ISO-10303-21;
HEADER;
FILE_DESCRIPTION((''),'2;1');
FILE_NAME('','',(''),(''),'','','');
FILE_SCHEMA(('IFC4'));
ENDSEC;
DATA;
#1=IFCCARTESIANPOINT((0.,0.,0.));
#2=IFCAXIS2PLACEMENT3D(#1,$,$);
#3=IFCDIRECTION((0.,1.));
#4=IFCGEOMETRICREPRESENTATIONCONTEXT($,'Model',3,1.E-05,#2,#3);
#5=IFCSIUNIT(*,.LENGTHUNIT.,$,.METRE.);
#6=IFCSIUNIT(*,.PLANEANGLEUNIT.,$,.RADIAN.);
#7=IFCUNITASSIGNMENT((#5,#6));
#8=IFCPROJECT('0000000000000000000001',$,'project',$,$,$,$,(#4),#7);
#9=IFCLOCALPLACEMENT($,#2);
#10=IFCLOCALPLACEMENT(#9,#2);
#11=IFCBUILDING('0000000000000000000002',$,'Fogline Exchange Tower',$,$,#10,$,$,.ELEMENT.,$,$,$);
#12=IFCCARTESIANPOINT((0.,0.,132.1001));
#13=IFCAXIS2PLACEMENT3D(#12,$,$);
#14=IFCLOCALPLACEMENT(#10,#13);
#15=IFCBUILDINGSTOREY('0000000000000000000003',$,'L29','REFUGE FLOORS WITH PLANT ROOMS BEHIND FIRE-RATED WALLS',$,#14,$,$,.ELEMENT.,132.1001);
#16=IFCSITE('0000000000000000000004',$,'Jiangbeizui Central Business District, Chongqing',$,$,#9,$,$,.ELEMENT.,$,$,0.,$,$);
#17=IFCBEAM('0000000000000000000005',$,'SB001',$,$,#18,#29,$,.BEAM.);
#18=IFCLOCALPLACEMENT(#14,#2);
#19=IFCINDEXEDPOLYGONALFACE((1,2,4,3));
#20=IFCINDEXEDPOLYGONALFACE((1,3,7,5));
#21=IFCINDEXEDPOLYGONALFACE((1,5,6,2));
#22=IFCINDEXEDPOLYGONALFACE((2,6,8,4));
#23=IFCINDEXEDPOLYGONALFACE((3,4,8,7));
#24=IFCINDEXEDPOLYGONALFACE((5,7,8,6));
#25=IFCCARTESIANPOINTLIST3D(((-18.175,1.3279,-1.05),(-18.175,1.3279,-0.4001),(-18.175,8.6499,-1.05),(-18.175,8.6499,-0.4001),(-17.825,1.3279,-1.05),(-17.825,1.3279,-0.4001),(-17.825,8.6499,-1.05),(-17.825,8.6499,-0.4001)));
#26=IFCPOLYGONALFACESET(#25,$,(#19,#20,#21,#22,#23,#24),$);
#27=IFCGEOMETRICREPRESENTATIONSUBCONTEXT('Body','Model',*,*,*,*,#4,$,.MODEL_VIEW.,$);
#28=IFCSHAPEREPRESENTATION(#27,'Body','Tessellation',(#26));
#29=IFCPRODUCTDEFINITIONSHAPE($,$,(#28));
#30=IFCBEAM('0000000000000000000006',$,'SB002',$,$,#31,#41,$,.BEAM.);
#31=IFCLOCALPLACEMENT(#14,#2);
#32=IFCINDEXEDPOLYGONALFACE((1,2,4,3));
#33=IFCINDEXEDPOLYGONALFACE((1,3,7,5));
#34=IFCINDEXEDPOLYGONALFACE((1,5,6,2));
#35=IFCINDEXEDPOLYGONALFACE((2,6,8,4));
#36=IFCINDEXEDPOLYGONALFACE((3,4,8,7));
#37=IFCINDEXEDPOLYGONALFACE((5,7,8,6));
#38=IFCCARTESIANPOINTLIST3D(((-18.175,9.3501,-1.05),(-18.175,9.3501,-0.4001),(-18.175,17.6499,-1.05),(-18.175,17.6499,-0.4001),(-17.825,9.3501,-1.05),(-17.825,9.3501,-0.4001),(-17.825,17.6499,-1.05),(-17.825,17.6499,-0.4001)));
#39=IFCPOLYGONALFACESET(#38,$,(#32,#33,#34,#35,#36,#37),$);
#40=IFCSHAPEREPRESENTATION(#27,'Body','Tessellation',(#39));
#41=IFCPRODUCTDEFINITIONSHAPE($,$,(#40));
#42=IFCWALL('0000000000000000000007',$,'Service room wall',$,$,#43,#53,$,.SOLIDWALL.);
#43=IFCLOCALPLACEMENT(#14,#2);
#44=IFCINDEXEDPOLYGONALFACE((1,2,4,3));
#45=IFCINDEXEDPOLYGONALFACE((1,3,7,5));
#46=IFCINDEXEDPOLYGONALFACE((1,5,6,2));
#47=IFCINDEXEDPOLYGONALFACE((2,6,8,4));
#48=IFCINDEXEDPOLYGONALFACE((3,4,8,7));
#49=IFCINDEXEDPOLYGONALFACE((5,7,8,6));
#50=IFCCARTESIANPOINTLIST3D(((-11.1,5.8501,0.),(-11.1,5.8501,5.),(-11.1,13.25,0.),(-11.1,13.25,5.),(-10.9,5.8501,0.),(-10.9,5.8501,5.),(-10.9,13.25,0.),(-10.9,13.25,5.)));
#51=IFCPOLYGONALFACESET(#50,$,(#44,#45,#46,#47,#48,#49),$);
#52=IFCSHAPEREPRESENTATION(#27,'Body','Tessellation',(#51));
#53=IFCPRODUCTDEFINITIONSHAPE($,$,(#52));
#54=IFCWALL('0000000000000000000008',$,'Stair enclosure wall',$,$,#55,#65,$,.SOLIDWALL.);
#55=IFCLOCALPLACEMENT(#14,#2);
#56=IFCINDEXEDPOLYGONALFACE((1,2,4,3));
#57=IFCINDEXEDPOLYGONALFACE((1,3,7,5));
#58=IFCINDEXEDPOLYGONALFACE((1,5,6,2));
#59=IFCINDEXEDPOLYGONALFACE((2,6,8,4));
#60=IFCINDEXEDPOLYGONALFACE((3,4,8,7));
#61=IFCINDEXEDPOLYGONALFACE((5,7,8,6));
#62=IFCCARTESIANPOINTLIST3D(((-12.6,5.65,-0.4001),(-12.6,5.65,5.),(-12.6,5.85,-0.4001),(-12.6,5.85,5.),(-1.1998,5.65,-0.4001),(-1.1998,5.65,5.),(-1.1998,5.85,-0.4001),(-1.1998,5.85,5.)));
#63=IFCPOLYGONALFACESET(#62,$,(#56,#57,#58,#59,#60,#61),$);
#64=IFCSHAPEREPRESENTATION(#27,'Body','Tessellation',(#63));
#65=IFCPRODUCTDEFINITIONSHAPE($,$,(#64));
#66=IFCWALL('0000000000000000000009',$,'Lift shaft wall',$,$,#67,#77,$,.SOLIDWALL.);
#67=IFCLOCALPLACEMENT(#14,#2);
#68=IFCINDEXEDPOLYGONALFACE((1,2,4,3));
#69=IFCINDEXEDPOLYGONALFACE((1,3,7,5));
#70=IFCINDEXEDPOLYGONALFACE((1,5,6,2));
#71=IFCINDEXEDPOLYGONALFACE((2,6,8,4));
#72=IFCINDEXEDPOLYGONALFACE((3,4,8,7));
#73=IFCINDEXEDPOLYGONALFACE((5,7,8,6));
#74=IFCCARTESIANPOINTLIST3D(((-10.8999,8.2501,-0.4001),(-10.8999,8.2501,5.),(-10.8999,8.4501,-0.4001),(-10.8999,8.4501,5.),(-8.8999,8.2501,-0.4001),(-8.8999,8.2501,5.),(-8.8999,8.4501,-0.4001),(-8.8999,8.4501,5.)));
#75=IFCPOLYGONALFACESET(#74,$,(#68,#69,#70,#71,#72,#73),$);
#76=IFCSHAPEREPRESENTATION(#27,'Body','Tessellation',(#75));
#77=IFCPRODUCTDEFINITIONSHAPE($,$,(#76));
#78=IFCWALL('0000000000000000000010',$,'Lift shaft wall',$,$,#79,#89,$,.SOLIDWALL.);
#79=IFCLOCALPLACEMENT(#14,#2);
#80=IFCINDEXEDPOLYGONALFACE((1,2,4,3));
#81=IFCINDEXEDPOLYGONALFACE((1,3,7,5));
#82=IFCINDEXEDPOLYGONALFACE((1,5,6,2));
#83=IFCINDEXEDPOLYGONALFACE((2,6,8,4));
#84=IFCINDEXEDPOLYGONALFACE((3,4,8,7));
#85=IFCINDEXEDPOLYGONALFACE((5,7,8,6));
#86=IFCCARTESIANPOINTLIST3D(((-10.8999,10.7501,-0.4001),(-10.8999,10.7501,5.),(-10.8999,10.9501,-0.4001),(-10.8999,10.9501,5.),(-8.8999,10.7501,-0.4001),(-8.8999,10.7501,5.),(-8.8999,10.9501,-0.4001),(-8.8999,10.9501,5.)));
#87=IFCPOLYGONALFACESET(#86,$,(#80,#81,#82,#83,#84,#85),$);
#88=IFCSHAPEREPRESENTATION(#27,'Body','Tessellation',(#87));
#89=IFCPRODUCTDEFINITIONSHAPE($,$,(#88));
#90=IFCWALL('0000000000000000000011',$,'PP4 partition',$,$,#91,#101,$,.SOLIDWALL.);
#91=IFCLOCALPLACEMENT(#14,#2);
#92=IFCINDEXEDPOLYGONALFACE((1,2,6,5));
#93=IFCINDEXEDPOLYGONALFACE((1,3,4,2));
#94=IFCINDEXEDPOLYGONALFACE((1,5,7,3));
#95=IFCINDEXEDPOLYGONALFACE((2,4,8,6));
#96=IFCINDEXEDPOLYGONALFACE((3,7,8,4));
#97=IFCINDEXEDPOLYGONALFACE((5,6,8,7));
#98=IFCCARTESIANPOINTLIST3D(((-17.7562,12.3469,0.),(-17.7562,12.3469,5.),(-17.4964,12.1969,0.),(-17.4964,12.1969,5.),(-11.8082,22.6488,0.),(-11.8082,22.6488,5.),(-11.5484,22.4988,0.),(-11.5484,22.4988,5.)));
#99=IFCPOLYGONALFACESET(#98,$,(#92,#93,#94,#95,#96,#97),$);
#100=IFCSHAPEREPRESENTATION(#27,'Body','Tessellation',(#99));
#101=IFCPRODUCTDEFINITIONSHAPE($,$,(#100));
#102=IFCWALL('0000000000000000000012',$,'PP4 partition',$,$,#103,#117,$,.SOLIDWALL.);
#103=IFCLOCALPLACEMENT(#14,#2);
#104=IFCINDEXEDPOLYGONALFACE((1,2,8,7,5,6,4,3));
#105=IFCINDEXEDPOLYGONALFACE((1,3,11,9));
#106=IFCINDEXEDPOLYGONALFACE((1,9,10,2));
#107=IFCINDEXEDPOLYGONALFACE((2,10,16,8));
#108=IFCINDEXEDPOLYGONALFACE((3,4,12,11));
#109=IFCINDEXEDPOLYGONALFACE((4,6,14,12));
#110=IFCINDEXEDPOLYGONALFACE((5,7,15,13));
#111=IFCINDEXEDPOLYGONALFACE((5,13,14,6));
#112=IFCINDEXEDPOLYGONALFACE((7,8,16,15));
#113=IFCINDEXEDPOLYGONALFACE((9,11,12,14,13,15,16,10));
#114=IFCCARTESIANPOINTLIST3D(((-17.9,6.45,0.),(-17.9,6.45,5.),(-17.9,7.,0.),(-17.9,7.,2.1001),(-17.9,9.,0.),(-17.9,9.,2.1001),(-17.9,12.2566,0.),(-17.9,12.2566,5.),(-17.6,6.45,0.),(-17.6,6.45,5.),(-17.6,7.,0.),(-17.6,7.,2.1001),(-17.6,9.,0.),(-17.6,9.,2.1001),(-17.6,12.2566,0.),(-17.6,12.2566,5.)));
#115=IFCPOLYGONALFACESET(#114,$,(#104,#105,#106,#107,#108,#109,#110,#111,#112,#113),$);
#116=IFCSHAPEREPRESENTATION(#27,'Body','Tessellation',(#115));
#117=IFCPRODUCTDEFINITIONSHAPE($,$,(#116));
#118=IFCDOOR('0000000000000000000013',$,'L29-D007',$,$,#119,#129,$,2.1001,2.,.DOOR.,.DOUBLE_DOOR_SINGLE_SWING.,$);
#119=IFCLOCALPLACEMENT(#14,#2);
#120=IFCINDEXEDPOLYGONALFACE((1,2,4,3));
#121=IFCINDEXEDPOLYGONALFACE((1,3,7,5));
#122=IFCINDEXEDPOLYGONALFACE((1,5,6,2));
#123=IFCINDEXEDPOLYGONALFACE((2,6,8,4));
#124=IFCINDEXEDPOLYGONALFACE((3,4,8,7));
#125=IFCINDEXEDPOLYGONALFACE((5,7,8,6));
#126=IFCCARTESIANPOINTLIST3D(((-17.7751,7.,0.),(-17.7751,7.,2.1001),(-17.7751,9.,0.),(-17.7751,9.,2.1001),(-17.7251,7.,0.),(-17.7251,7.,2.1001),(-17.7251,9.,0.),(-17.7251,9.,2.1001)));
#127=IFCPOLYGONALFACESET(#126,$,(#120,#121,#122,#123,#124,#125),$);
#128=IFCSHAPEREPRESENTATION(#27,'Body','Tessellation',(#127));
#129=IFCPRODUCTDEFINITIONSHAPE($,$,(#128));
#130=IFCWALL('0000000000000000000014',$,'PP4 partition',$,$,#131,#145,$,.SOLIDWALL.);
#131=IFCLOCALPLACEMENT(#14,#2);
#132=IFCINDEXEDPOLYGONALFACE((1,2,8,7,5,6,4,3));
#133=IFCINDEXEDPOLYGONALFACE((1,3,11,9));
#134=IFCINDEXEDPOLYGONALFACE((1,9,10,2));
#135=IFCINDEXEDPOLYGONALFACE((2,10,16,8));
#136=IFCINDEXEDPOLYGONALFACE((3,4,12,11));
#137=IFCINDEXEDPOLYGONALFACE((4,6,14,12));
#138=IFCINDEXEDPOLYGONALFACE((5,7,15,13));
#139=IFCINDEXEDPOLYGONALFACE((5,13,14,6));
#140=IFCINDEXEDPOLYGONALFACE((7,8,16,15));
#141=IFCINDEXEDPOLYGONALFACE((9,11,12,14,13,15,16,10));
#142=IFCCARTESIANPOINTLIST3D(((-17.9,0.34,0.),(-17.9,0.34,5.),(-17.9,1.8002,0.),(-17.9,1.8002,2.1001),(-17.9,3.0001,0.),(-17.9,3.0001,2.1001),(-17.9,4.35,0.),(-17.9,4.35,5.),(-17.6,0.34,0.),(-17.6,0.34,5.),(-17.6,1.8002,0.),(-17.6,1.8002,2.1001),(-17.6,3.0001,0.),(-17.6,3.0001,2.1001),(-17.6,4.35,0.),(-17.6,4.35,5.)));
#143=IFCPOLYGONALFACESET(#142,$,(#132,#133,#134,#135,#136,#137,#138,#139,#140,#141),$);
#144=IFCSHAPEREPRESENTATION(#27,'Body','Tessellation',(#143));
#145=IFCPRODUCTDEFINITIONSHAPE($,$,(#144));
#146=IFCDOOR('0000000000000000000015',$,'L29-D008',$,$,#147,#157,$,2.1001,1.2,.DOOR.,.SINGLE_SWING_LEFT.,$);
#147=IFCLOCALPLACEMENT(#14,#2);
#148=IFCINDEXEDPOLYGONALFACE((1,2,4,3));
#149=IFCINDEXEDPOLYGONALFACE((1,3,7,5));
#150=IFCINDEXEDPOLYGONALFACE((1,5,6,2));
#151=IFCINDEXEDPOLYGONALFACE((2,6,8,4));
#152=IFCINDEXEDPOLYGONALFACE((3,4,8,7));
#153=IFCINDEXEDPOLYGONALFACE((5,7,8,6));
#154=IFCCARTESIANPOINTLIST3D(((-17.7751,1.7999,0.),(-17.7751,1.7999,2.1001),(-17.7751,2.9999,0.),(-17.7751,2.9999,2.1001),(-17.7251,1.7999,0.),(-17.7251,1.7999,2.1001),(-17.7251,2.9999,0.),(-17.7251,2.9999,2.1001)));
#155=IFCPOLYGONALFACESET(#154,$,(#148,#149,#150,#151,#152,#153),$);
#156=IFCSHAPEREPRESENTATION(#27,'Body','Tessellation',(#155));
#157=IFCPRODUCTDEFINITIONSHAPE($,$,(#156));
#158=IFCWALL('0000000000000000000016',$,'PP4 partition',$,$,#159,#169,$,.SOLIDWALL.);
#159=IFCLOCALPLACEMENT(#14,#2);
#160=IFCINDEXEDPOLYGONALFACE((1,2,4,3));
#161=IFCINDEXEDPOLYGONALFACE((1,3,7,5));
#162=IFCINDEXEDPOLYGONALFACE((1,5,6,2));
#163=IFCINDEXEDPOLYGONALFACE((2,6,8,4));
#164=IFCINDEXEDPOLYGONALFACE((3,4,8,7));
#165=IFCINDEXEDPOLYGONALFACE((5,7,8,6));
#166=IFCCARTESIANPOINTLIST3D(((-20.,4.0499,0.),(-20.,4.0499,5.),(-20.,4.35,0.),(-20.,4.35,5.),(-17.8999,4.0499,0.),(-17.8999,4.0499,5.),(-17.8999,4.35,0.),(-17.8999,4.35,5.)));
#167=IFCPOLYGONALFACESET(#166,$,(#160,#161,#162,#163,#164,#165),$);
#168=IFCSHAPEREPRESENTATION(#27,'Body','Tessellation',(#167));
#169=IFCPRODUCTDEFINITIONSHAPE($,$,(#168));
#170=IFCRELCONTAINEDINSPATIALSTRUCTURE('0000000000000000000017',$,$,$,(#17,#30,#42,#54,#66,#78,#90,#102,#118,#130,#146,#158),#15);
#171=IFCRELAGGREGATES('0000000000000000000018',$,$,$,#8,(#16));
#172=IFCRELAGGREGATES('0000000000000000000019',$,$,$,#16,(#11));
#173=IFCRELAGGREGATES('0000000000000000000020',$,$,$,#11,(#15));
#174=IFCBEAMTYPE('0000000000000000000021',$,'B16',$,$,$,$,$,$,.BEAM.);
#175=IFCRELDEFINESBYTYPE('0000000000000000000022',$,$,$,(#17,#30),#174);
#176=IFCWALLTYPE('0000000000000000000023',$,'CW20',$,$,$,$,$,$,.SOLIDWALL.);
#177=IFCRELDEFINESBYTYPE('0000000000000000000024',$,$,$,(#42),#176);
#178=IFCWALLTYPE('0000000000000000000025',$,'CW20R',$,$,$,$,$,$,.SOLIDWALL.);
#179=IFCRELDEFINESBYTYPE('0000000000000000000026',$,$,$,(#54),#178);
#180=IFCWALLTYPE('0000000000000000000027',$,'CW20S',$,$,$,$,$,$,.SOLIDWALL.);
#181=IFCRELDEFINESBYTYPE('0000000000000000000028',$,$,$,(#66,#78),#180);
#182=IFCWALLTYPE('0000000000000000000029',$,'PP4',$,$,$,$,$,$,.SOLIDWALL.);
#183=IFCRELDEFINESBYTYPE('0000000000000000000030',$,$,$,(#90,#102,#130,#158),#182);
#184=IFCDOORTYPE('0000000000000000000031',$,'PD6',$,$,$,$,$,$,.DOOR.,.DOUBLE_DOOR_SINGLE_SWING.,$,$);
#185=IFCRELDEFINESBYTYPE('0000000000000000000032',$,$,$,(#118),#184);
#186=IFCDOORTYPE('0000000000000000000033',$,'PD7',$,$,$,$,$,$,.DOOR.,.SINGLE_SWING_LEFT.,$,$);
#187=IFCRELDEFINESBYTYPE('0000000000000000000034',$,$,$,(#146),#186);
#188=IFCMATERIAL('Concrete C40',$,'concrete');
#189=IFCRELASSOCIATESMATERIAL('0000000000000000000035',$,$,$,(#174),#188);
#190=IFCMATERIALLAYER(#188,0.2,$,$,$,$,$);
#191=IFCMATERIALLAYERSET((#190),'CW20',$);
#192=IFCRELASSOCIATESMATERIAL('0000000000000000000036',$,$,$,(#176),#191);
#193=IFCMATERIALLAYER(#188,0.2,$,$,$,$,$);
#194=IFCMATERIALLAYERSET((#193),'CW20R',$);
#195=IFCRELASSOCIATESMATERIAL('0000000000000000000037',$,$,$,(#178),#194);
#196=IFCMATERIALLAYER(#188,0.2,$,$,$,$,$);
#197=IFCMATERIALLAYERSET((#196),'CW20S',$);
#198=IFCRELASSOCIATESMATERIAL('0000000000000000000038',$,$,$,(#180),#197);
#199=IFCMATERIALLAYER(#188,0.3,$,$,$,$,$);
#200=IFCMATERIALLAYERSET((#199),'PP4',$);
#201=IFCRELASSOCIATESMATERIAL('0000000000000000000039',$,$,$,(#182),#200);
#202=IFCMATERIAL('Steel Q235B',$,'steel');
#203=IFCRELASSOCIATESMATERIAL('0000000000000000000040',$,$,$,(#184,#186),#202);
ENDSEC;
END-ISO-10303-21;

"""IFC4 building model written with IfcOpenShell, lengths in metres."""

from ifc_helpers import new_model, si_unit, direction, frame, frame_2d, origin, origin_2d, place, context, subcontext, project, spatial, rectangle, extrude, material, layer, layer_set, material_profile, profile_set, type_object, element, fill, save


model = new_model("IFC4")

# Units and contexts
model_context = context("Model", 3, precision=1e-05, world=origin(), true_north=direction((0.0, 1.0)))
body_context = subcontext(model_context, "Body", "Model", "MODEL_VIEW")
ifc_project = project(units=[si_unit("LENGTHUNIT", "METRE"), si_unit("PLANEANGLEUNIT", "RADIAN")], contexts=[model_context])

# Site, building, storey
site_placement = place(None, origin())
site = spatial("IfcSite", under=ifc_project, at=site_placement, Name="Jiangbeizui Central Business District, Chongqing", CompositionType="ELEMENT", RefElevation=0.0)
building_placement = place(site_placement, origin())
building = spatial("IfcBuilding", under=site, at=building_placement, Name="Fogline Exchange Tower", CompositionType="ELEMENT")
storey_placement = place(building_placement, frame((0.0, 0.0, 132.1001)))
storey = spatial("IfcBuildingStorey", under=building, at=storey_placement, Name="L29", Description="REFUGE FLOORS WITH PLANT ROOMS BEHIND FIRE-RATED WALLS", CompositionType="ELEMENT", Elevation=132.1001)

# Beams
ifc_material_1 = material(Name="Concrete C40", Category="concrete")
ifc_material_profile = material_profile(ifc_material_1, rectangle(XDim=0.3501, YDim=0.6499, at=origin_2d()), Name="RC 350x650")
ifc_profile_set = profile_set([ifc_material_profile], Name="Concrete C40")
beam_type = type_object("IfcBeamType", Name="B16", PredefinedType="BEAM", material=ifc_profile_set)
beam_1_placement = place(storey_placement, frame((-18.0, 1.3279, -0.7251), z_axis=(0.0, 1.0, 0.0), x_axis=(-1.0, 0.0, 0.0)))
element("IfcBeam", 1, at=beam_1_placement, inside=storey, type_object=beam_type, Name="SB001", PredefinedType="BEAM", context=body_context, shape_type="SweptSolid", body=[
    extrude(rectangle(XDim=0.3501, YDim=0.6499, at=origin_2d()), origin(), (0.0, 0.0, 1.0), 7.322),
])
beam_2_placement = place(storey_placement, frame((-18.0, 9.3501, -0.7251), z_axis=(0.0, 1.0, 0.0), x_axis=(-1.0, 0.0, 0.0)))
element("IfcBeam", 2, at=beam_2_placement, inside=storey, type_object=beam_type, Name="SB002", PredefinedType="BEAM", context=body_context, shape_type="SweptSolid", body=[
    extrude(rectangle(XDim=0.3501, YDim=0.6499, at=origin_2d()), origin(), (0.0, 0.0, 1.0), 8.2998),
])

# Walls
ifc_layer_1 = layer(ifc_material_1, 0.2)
ifc_layer_set_1 = layer_set([ifc_layer_1], Name="CW20")
wall_type_1 = type_object("IfcWallType", Name="CW20", PredefinedType="SOLIDWALL", material=ifc_layer_set_1)
wall_1_placement = place(storey_placement, frame((-11.0, 5.8501, 0.0), z_axis=(0.0, 0.0, 1.0), x_axis=(0.0, 1.0, 0.0)))
element("IfcWall", 3, at=wall_1_placement, inside=storey, type_object=wall_type_1, Name="Service room wall", PredefinedType="SOLIDWALL", context=body_context, shape_type="SweptSolid", body=[
    extrude(rectangle(XDim=7.3999, YDim=0.2, at=frame_2d((3.7, 0.0))), origin(), (0.0, 0.0, 1.0), 5.0),
])
ifc_layer_2 = layer(ifc_material_1, 0.2)
ifc_layer_set_2 = layer_set([ifc_layer_2], Name="CW20R")
wall_type_2 = type_object("IfcWallType", Name="CW20R", PredefinedType="SOLIDWALL", material=ifc_layer_set_2)
wall_2_placement = place(storey_placement, frame((-12.6001, 5.75, -0.4001), z_axis=(0.0, 0.0, 1.0), x_axis=(1.0, 0.0, 0.0)))
element("IfcWall", 4, at=wall_2_placement, inside=storey, type_object=wall_type_2, Name="Stair enclosure wall", PredefinedType="SOLIDWALL", context=body_context, shape_type="SweptSolid", body=[
    extrude(rectangle(XDim=11.4001, YDim=0.2, at=frame_2d((5.7002, 0.0))), origin(), (0.0, 0.0, 1.0), 5.4001),
])
ifc_layer_3 = layer(ifc_material_1, 0.2)
ifc_layer_set_3 = layer_set([ifc_layer_3], Name="CW20S")
wall_type_3 = type_object("IfcWallType", Name="CW20S", PredefinedType="SOLIDWALL", material=ifc_layer_set_3)
for number, where, z_axis, x_axis, name in (
    (5, (-10.8999, 8.3501, -0.4001), (0.0, 0.0, 1.0), (1.0, 0.0, 0.0), "Lift shaft wall"),
    (6, (-10.8999, 10.8501, -0.4001), (0.0, 0.0, 1.0), (1.0, 0.0, 0.0), "Lift shaft wall"),
):
    element("IfcWall", number, at=place(storey_placement, frame(where, z_axis=z_axis, x_axis=x_axis)), inside=storey, type_object=wall_type_3, Name=name, PredefinedType="SOLIDWALL", context=body_context, shape_type="SweptSolid", body=[
        extrude(rectangle(XDim=2.0, YDim=0.2, at=frame_2d((1.0, 0.0))), origin(), (0.0, 0.0, 1.0), 5.4001),
    ])
ifc_layer_4 = layer(ifc_material_1, 0.3)
ifc_layer_set_4 = layer_set([ifc_layer_4], Name="PP4")
wall_type_4 = type_object("IfcWallType", Name="PP4", PredefinedType="SOLIDWALL", material=ifc_layer_set_4)
wall_3_placement = place(storey_placement, frame((-17.6262, 12.272, 0.0), z_axis=(0.0, 0.0, 1.0), x_axis=(0.500008, 0.866021, 0.0)))
element("IfcWall", 7, at=wall_3_placement, inside=storey, type_object=wall_type_4, Name="PP4 partition", PredefinedType="SOLIDWALL", context=body_context, shape_type="SweptSolid", body=[
    extrude(rectangle(XDim=11.8958, YDim=0.3, at=frame_2d((5.9478, 0.0))), origin(), (0.0, 0.0, 1.0), 5.0),
])

# Walls, openings, doors
wall_4_placement = place(storey_placement, frame((-17.75, 6.45, 0.0), z_axis=(0.0, 0.0, 1.0), x_axis=(0.0, 1.0, 0.0)))
wall_4 = element("IfcWall", 8, at=wall_4_placement, inside=storey, type_object=wall_type_4, Name="PP4 partition", PredefinedType="SOLIDWALL", context=body_context, shape_type="SweptSolid", body=[
    extrude(rectangle(XDim=5.8066, YDim=0.3, at=frame_2d((2.9033, 0.0))), origin(), (0.0, 0.0, 1.0), 5.0),
])
opening_1_placement = place(wall_4_placement, frame((0.55, 0.0, 0.0)))
opening_1 = element("IfcOpeningElement", 9, at=opening_1_placement, cuts=wall_4, PredefinedType="OPENING", context=body_context, shape_type="SweptSolid", body=[
    extrude(rectangle(XDim=2.0, YDim=2.1001, at=frame_2d((1.0, 1.05))), frame((0.0, 0.1602, 0.0), z_axis=(0.0, -1.0, 0.0), x_axis=(1.0, 0.0, 0.0)), (0.0, 0.0, 1.0), 0.3201),
])
ifc_material_2 = material(Name="Steel Q235B", Category="steel")
door_type_1 = type_object("IfcDoorType", Name="PD6", OperationType="DOUBLE_DOOR_SINGLE_SWING", PredefinedType="DOOR", material=ifc_material_2)
door_1_placement = place(opening_1_placement, frame((2.0, 0.0, 0.0), z_axis=(0.0, 0.0, 1.0), x_axis=(-1.0, 0.0, 0.0)))
door_1 = element("IfcDoor", 10, at=door_1_placement, inside=storey, type_object=door_type_1, Name="L29-D007", OperationType="DOUBLE_DOOR_SINGLE_SWING", OverallHeight=2.1001, OverallWidth=2.0, PredefinedType="DOOR", context=body_context, shape_type="SweptSolid", body=[
    extrude(rectangle(XDim=2.0, YDim=2.1001, at=frame_2d((1.0, 1.05))), frame((0.0, 0.0249, 0.0), z_axis=(0.0, -1.0, 0.0), x_axis=(1.0, 0.0, 0.0)), (0.0, 0.0, 1.0), 0.05),
])
fill(opening_1, door_1)
wall_5_placement = place(storey_placement, frame((-17.75, 0.3401, 0.0), z_axis=(0.0, 0.0, 1.0), x_axis=(0.0, 1.0, 0.0)))
wall_5 = element("IfcWall", 11, at=wall_5_placement, inside=storey, type_object=wall_type_4, Name="PP4 partition", PredefinedType="SOLIDWALL", context=body_context, shape_type="SweptSolid", body=[
    extrude(rectangle(XDim=4.01, YDim=0.3, at=frame_2d((2.0049, 0.0))), origin(), (0.0, 0.0, 1.0), 5.0),
])
opening_2_placement = place(wall_5_placement, frame((1.46, 0.0, 0.0)))
opening_2 = element("IfcOpeningElement", 12, at=opening_2_placement, cuts=wall_5, PredefinedType="OPENING", context=body_context, shape_type="SweptSolid", body=[
    extrude(rectangle(XDim=1.2, YDim=2.1001, at=frame_2d((0.6001, 1.05))), frame((0.0, 0.1602, 0.0), z_axis=(0.0, -1.0, 0.0), x_axis=(1.0, 0.0, 0.0)), (0.0, 0.0, 1.0), 0.3201),
])
door_type_2 = type_object("IfcDoorType", Name="PD7", OperationType="SINGLE_SWING_LEFT", PredefinedType="DOOR", material=ifc_material_2)
door_2_placement = place(opening_2_placement, frame((1.2, 0.0, 0.0), z_axis=(0.0, 0.0, 1.0), x_axis=(-1.0, 0.0, 0.0)))
door_2 = element("IfcDoor", 13, at=door_2_placement, inside=storey, type_object=door_type_2, Name="L29-D008", OperationType="SINGLE_SWING_LEFT", OverallHeight=2.1001, OverallWidth=1.2, PredefinedType="DOOR", context=body_context, shape_type="SweptSolid", body=[
    extrude(rectangle(XDim=1.2, YDim=2.1001, at=frame_2d((0.6001, 1.05))), frame((0.0, 0.0249, 0.0), z_axis=(0.0, -1.0, 0.0), x_axis=(1.0, 0.0, 0.0)), (0.0, 0.0, 1.0), 0.05),
])
fill(opening_2, door_2)

# Wall
wall_6_placement = place(storey_placement, frame((-17.8999, 4.2, 0.0), z_axis=(0.0, 0.0, 1.0), x_axis=(-1.0, 0.0, 0.0)))
element("IfcWall", 14, at=wall_6_placement, inside=storey, type_object=wall_type_4, Name="PP4 partition", PredefinedType="SOLIDWALL", context=body_context, shape_type="SweptSolid", body=[
    extrude(rectangle(XDim=2.1001, YDim=0.3, at=frame_2d((1.05, 0.0))), origin(), (0.0, 0.0, 1.0), 5.0),
])

save(model, "model.ifc")
